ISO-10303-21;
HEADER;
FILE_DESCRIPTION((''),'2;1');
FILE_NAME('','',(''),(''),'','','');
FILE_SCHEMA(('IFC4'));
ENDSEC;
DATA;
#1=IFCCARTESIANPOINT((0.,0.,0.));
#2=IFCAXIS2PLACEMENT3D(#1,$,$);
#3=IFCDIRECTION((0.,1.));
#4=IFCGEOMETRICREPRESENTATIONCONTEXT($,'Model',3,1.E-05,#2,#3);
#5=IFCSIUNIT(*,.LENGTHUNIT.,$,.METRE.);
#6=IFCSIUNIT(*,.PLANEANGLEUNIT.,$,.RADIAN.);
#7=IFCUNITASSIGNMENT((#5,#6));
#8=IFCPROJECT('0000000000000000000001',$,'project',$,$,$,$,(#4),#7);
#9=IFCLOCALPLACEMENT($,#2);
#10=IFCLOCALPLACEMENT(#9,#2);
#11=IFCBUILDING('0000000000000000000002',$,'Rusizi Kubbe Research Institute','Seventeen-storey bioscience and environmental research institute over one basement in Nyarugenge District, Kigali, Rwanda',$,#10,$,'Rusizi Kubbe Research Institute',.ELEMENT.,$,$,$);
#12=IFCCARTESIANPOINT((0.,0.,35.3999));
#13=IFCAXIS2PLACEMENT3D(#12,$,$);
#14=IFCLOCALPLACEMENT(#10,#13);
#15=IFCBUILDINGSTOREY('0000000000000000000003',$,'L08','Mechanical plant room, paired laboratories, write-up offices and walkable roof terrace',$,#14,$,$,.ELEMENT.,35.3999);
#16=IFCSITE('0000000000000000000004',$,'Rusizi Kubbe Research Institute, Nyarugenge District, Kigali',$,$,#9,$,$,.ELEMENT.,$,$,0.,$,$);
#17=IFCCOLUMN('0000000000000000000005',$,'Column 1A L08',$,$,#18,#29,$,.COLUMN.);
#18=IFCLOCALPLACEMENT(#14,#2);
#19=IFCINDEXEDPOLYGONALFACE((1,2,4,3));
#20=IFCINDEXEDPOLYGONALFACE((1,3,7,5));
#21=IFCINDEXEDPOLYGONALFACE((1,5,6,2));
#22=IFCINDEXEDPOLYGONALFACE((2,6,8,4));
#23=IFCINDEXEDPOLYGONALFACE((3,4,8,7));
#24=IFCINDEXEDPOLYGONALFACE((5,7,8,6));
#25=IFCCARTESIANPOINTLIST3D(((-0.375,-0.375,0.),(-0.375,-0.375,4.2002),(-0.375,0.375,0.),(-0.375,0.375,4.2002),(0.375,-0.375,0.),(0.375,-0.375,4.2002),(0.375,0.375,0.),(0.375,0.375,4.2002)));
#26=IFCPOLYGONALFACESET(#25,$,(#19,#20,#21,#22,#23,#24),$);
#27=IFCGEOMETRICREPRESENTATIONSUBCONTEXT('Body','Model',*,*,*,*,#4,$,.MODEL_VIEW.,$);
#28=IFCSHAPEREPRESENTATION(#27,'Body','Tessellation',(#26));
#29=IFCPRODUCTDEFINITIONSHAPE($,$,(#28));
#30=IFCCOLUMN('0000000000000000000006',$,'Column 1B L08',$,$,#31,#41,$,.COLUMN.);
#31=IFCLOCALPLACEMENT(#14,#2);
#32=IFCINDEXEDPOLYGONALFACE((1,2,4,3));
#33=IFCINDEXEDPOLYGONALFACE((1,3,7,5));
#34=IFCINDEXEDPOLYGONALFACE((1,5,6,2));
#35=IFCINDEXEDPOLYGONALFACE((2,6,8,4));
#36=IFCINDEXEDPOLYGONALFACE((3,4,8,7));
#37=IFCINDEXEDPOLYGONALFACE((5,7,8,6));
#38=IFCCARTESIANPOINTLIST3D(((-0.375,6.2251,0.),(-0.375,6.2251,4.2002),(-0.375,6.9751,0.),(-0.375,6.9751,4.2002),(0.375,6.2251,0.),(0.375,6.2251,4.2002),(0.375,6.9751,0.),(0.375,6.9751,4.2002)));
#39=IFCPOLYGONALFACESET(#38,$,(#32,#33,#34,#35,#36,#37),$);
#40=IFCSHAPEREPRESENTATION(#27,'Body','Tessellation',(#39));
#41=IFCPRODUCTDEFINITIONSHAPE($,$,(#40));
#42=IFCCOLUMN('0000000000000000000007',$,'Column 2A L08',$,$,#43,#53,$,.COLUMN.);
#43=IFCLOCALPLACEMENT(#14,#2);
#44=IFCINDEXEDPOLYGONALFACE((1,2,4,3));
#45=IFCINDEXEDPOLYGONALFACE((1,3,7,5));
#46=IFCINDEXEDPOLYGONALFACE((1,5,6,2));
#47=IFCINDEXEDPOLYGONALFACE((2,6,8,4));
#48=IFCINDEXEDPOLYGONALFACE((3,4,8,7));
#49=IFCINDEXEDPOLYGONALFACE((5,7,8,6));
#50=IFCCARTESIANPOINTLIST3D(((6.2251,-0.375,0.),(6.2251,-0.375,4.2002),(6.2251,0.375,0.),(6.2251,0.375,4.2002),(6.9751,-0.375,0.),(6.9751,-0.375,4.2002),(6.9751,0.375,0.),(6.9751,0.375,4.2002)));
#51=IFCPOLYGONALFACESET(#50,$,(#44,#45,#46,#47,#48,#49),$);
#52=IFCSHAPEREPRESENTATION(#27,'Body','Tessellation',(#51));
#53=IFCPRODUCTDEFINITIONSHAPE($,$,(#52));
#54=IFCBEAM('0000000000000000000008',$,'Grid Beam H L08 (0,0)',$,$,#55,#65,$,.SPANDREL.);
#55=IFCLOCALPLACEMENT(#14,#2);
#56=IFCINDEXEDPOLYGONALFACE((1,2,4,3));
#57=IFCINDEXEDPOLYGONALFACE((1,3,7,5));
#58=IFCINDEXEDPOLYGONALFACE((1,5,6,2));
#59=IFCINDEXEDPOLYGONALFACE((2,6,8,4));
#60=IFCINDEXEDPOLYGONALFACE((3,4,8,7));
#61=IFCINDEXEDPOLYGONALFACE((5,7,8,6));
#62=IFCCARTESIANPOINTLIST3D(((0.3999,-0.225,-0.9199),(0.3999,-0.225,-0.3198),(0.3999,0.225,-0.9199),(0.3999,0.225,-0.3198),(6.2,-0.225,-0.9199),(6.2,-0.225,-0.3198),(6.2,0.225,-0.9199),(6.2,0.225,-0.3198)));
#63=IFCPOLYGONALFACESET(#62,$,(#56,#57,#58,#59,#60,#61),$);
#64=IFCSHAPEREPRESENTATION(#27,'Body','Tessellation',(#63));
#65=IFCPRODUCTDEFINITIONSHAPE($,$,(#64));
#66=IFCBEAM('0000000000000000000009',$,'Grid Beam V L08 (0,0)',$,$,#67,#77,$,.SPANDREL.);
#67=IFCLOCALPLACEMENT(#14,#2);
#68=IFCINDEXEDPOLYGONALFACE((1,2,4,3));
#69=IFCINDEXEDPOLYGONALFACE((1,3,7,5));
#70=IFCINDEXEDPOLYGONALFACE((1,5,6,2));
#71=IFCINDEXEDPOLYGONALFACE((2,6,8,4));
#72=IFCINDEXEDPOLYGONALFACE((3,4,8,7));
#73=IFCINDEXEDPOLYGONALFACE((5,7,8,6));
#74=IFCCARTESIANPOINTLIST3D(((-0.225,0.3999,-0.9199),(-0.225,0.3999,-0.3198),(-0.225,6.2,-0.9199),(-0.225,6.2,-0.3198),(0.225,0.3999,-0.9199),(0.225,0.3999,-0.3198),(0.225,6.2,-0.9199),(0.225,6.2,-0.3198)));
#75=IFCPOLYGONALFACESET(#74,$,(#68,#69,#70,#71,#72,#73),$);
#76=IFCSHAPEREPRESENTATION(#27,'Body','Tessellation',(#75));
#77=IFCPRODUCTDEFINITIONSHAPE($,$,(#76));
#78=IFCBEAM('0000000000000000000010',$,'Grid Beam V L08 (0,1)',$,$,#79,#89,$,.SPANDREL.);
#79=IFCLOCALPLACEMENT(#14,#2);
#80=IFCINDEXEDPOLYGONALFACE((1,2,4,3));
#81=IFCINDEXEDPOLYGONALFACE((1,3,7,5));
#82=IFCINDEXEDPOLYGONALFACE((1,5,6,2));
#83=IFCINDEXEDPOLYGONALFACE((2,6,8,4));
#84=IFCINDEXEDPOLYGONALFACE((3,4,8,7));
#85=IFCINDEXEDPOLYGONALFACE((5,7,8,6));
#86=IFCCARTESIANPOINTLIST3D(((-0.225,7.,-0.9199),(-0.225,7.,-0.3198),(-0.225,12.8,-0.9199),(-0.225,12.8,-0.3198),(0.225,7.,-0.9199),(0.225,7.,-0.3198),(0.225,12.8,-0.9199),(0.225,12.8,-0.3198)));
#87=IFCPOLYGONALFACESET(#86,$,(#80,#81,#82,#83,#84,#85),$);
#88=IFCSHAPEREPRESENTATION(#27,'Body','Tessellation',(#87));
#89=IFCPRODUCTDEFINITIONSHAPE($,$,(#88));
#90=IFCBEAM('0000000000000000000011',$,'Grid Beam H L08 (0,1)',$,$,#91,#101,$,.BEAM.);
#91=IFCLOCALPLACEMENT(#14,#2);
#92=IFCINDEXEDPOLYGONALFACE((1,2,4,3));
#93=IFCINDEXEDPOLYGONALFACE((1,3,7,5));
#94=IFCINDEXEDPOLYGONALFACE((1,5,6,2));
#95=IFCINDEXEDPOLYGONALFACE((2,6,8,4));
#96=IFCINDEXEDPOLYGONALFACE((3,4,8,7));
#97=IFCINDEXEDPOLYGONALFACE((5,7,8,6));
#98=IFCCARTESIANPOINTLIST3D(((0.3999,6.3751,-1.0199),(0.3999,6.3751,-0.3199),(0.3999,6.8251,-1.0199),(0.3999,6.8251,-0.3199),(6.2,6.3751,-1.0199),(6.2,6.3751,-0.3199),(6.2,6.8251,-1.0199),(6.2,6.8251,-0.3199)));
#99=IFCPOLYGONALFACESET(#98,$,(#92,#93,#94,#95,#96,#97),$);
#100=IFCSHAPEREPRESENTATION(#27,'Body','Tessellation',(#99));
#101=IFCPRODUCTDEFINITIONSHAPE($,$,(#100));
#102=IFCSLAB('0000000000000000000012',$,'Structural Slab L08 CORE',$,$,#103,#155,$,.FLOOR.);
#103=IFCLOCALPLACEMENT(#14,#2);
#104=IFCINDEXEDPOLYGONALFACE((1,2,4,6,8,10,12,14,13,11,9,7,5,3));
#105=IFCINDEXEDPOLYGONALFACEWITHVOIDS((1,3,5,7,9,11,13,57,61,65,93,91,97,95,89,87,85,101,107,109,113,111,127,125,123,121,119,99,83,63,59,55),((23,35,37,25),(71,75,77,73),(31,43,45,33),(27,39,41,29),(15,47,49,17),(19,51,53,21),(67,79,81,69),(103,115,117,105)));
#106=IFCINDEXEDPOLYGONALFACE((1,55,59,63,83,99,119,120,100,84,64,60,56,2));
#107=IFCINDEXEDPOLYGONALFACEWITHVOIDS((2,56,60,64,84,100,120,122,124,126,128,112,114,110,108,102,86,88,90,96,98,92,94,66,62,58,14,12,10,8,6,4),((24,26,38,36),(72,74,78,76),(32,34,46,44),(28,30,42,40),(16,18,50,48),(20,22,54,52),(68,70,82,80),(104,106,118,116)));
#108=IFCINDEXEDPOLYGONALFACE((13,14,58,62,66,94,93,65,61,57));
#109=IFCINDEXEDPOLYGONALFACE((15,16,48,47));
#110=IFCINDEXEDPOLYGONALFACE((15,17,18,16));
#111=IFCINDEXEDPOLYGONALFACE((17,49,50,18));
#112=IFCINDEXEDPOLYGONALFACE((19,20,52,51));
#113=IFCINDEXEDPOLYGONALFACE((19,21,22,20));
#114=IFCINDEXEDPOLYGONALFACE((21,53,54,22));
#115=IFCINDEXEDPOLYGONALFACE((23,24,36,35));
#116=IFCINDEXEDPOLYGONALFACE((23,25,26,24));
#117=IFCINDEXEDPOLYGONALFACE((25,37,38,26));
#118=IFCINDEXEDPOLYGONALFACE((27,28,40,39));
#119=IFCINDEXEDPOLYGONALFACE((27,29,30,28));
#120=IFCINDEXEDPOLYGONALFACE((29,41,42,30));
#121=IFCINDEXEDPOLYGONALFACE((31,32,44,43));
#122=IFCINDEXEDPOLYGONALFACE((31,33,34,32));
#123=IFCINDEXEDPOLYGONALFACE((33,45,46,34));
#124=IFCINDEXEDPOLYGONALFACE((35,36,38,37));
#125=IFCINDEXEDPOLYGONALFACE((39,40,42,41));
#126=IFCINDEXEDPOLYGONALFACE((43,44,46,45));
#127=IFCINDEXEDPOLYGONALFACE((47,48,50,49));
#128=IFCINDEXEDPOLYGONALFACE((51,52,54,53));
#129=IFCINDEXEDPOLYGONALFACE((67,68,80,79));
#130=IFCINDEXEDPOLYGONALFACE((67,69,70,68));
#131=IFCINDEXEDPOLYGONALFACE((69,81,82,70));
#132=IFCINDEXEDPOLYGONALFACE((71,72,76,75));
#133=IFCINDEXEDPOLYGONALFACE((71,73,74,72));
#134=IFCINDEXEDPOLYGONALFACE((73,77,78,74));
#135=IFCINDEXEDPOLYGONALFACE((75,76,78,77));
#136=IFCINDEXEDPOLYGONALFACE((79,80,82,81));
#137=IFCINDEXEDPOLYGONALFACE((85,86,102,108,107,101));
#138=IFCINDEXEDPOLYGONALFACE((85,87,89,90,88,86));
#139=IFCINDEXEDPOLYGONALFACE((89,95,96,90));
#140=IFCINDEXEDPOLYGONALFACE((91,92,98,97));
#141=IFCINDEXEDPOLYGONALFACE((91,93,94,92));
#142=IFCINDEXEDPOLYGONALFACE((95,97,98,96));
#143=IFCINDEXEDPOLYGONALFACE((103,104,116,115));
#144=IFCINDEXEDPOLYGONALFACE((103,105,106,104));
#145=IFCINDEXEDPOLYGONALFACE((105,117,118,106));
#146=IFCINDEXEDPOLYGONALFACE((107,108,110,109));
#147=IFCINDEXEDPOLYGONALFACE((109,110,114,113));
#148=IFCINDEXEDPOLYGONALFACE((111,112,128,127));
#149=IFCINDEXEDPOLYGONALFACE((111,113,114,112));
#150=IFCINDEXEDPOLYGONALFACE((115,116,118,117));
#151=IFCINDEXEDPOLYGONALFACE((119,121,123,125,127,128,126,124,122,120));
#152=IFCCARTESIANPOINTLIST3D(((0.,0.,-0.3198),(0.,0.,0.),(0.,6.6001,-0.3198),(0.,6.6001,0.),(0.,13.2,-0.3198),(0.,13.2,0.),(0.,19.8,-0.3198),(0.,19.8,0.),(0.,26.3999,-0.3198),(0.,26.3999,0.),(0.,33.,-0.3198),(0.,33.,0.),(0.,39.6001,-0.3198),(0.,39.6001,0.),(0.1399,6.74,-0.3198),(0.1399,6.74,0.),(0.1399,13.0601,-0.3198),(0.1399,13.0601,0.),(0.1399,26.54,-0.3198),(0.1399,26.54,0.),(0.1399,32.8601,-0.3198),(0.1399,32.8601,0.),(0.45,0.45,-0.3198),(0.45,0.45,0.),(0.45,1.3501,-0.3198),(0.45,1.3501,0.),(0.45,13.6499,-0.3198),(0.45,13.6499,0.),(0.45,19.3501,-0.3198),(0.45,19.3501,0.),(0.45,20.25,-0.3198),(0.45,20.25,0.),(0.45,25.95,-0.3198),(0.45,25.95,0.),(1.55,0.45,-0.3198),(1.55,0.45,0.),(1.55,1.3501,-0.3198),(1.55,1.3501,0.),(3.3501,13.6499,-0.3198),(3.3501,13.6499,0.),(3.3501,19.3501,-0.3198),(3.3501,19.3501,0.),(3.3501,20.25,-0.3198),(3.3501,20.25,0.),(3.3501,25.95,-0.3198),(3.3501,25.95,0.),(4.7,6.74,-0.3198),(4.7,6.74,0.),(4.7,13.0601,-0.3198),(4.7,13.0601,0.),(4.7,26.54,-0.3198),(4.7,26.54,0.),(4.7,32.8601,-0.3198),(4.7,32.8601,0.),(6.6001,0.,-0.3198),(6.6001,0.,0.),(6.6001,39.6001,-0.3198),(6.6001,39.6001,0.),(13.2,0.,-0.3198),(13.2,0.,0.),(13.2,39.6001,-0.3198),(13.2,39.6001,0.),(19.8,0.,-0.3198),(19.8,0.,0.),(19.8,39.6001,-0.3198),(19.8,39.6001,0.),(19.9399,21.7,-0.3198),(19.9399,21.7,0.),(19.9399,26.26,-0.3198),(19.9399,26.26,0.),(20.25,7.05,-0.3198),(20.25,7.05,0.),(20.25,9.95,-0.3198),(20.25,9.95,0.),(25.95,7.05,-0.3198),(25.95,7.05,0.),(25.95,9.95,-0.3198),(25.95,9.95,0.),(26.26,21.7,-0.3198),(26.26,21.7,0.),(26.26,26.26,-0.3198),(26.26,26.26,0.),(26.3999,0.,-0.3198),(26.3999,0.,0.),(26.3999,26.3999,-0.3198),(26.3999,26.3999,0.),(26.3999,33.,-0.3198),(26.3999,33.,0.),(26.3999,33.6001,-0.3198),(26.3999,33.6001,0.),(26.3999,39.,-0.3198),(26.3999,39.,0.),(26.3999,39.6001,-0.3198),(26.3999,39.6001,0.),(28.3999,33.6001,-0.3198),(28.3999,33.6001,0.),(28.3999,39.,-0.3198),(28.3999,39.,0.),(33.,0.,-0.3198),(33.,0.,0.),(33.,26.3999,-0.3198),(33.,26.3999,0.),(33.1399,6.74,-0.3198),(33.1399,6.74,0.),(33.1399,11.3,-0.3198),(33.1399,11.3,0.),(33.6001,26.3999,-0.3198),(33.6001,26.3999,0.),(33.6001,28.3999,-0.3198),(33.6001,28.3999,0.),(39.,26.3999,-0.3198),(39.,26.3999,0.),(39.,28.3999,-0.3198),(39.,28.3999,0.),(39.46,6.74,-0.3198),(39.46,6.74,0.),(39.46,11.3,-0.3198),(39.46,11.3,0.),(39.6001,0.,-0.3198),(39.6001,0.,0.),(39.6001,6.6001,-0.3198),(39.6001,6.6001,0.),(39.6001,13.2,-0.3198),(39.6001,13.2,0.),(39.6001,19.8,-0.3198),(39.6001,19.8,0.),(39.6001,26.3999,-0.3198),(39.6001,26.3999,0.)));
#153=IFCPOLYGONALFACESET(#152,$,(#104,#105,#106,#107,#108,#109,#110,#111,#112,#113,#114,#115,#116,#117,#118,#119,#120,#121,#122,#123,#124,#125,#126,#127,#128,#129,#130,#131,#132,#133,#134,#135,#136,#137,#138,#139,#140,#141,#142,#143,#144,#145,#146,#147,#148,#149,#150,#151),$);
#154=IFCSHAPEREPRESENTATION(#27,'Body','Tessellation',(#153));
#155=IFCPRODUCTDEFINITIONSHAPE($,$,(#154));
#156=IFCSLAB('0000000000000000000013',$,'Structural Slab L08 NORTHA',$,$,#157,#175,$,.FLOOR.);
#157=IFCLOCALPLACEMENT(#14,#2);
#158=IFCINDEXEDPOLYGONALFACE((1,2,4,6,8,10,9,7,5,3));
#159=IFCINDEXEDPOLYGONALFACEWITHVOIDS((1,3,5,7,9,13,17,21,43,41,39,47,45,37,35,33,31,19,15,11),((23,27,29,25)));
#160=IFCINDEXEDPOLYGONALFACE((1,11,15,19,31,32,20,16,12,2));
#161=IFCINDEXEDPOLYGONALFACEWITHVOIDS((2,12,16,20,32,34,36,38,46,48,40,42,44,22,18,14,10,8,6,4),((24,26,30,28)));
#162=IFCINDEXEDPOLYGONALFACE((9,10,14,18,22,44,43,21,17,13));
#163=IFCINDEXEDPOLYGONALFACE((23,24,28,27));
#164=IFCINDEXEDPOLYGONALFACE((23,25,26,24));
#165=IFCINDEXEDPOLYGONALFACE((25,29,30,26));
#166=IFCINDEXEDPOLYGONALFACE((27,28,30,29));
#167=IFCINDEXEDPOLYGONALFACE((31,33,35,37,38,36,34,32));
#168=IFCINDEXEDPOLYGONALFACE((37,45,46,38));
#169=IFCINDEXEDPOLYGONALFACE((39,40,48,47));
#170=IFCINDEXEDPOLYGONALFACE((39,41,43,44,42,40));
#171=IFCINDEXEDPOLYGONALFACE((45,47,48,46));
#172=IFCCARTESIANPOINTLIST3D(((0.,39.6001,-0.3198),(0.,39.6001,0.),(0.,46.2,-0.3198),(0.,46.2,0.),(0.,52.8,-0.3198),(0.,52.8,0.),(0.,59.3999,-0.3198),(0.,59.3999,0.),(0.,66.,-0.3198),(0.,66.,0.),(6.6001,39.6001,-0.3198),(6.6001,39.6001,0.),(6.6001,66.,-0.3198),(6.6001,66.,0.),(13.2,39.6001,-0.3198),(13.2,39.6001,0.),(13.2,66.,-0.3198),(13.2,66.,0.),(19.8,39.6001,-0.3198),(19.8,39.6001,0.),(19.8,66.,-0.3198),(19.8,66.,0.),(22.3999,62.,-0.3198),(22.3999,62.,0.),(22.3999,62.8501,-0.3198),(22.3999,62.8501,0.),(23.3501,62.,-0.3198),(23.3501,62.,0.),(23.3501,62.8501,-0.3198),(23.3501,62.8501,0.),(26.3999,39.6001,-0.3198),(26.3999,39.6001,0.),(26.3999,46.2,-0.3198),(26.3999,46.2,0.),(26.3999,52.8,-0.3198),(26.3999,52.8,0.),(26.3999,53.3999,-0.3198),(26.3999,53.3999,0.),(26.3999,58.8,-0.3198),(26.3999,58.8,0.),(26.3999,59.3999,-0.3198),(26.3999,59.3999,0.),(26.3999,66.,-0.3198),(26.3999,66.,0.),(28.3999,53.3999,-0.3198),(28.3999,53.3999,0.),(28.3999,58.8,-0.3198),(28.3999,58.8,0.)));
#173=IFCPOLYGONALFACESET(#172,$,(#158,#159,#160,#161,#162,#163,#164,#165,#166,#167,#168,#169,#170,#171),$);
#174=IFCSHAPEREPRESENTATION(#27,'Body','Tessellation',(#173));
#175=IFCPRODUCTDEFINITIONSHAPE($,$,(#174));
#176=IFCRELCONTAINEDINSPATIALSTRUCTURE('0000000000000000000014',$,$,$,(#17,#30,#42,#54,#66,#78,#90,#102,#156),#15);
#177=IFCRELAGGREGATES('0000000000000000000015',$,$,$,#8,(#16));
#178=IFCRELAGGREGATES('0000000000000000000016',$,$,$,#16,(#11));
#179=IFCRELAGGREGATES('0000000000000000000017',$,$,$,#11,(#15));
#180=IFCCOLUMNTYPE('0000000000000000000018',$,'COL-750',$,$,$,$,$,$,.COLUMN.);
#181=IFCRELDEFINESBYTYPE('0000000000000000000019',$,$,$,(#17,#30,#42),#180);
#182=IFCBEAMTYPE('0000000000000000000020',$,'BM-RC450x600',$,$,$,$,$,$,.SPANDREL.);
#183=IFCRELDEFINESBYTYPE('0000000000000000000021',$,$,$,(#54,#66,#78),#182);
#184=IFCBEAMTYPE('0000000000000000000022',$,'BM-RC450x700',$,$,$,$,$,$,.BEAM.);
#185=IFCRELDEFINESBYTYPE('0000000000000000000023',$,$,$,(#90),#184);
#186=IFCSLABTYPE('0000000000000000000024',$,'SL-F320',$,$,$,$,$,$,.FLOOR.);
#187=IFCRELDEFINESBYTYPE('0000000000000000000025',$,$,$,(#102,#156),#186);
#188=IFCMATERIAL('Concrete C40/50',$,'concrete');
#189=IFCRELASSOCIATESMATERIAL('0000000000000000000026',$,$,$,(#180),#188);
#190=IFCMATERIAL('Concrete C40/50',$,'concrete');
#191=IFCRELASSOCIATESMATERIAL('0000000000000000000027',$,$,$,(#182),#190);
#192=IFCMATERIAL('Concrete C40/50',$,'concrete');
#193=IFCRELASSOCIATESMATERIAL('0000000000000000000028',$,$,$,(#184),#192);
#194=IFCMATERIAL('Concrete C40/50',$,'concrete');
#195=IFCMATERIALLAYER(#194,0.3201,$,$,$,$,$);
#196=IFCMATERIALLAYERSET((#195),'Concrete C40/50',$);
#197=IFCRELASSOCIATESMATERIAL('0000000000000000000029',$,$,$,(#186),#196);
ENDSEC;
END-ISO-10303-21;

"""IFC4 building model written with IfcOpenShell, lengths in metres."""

from ifc_helpers import new_model, si_unit, direction, frame, origin, origin_2d, place, context, subcontext, project, spatial, polyline, rectangle, outline, extrude, material, layer, layer_set, material_profile, profile_set, type_object, element, save


model = new_model("IFC4")

# Units and contexts
model_context = context("Model", 3, precision=1e-05, world=origin(), true_north=direction((0.0, 1.0)))
body_context = subcontext(model_context, "Body", "Model", "MODEL_VIEW")
ifc_project = project(units=[si_unit("LENGTHUNIT", "METRE"), si_unit("PLANEANGLEUNIT", "RADIAN")], contexts=[model_context])

# Site, building, storey
site_placement = place(None, origin())
site = spatial("IfcSite", under=ifc_project, at=site_placement, Name="Rusizi Kubbe Research Institute, Nyarugenge District, Kigali", CompositionType="ELEMENT", RefElevation=0.0)
building_placement = place(site_placement, origin())
building = spatial("IfcBuilding", under=site, at=building_placement, Name="Rusizi Kubbe Research Institute", Description="Seventeen-storey bioscience and environmental research institute over one basement in Nyarugenge District, Kigali, Rwanda", LongName="Rusizi Kubbe Research Institute", CompositionType="ELEMENT")
storey_placement = place(building_placement, frame((0.0, 0.0, 35.3999)))
storey = spatial("IfcBuildingStorey", under=building, at=storey_placement, Name="L08", Description="Mechanical plant room, paired laboratories, write-up offices and walkable roof terrace", CompositionType="ELEMENT", Elevation=35.3999)

# Columns
ifc_material_1 = material(Name="Concrete C40/50", Category="concrete")
ifc_material_profile_1 = material_profile(ifc_material_1, rectangle(XDim=0.75, YDim=0.75, at=origin_2d()), Name="RC750x750")
ifc_profile_set_1 = profile_set([ifc_material_profile_1], Name="Concrete C40/50")
column_type = type_object("IfcColumnType", Name="COL-750", PredefinedType="COLUMN", material=ifc_profile_set_1)
for number, where, z_axis, x_axis, name in (
    (1, (0.0, 0.0, 0.0), (0.0, 0.0, 1.0), (1.0, 0.0, 0.0), "Column 1A L08"),
    (2, (0.0, 6.6001, 0.0), (0.0, 0.0, 1.0), (1.0, 0.0, 0.0), "Column 1B L08"),
    (3, (6.6001, 0.0, 0.0), (0.0, 0.0, 1.0), (1.0, 0.0, 0.0), "Column 2A L08"),
):
    element("IfcColumn", number, at=place(storey_placement, frame(where, z_axis=z_axis, x_axis=x_axis)), inside=storey, type_object=column_type, Name=name, PredefinedType="COLUMN", context=body_context, shape_type="SweptSolid", body=[
        extrude(rectangle(XDim=0.75, YDim=0.75, at=origin_2d()), origin(), (0.0, 0.0, 1.0), 4.2002),
    ])

# Beams
ifc_material_2 = material(Name="Concrete C40/50", Category="concrete")
ifc_material_profile_2 = material_profile(ifc_material_2, rectangle(XDim=0.45, YDim=0.6001, at=origin_2d()), Name="RC450x600")
ifc_profile_set_2 = profile_set([ifc_material_profile_2], Name="Concrete C40/50")
beam_type_1 = type_object("IfcBeamType", Name="BM-RC450x600", PredefinedType="SPANDREL", material=ifc_profile_set_2)
for number, where, z_axis, x_axis, name in (
    (4, (0.3999, 0.0, -0.6199), (1.0, 0.0, 0.0), (0.0, 1.0, 0.0), "Grid Beam H L08 (0,0)"),
    (5, (0.0, 0.3999, -0.6199), (0.0, 1.0, 0.0), (-1.0, 0.0, 0.0), "Grid Beam V L08 (0,0)"),
    (6, (0.0, 7.0, -0.6199), (0.0, 1.0, 0.0), (-1.0, 0.0, 0.0), "Grid Beam V L08 (0,1)"),
):
    element("IfcBeam", number, at=place(storey_placement, frame(where, z_axis=z_axis, x_axis=x_axis)), inside=storey, type_object=beam_type_1, Name=name, PredefinedType="SPANDREL", context=body_context, shape_type="SweptSolid", body=[
        extrude(rectangle(XDim=0.45, YDim=0.6001, at=origin_2d()), origin(), (0.0, 0.0, 1.0), 5.8),
    ])
ifc_material_3 = material(Name="Concrete C40/50", Category="concrete")
ifc_material_profile_3 = material_profile(ifc_material_3, rectangle(XDim=0.45, YDim=0.7, at=origin_2d()), Name="RC450x700B")
ifc_profile_set_3 = profile_set([ifc_material_profile_3], Name="Concrete C40/50")
beam_type_2 = type_object("IfcBeamType", Name="BM-RC450x700", PredefinedType="BEAM", material=ifc_profile_set_3)
beam_placement = place(storey_placement, frame((0.3999, 6.6001, -0.6699), z_axis=(1.0, 0.0, 0.0), x_axis=(0.0, 1.0, 0.0)))
element("IfcBeam", 7, at=beam_placement, inside=storey, type_object=beam_type_2, Name="Grid Beam H L08 (0,1)", PredefinedType="BEAM", context=body_context, shape_type="SweptSolid", body=[
    extrude(rectangle(XDim=0.45, YDim=0.7, at=origin_2d()), origin(), (0.0, 0.0, 1.0), 5.8),
])

# Slabs
ifc_material_4 = material(Name="Concrete C40/50", Category="concrete")
ifc_layer_1 = layer(ifc_material_4, 0.3201)
ifc_layer_set_1 = layer_set([ifc_layer_1], Name="Concrete C40/50")
slab_type_1 = type_object("IfcSlabType", Name="SL-F320", PredefinedType="FLOOR", material=ifc_layer_set_1)
slab_1_placement = place(storey_placement, frame((0.0, 0.0, -0.3198)))
element("IfcSlab", 8, at=slab_1_placement, inside=storey, type_object=slab_type_1, Name="Structural Slab L08 CORE", PredefinedType="FLOOR", context=body_context, shape_type="SweptSolid", body=[
    extrude(outline(polyline([(0.0, 39.6001), (6.6001, 39.6001), (13.2, 39.6001), (19.8, 39.6001), (26.3999, 39.6001), (26.3999, 39.0), (28.3999, 39.0), (28.3999, 33.6001), (26.3999, 33.6001), (26.3999, 33.0), (26.3999, 26.3999), (33.0, 26.3999), (33.6001, 26.3999), (33.6001, 28.3999), (39.0, 28.3999), (39.0, 26.3999), (39.6001, 26.3999), (39.6001, 19.8), (39.6001, 13.2), (39.6001, 6.6001), (39.6001, 0.0), (33.0, 0.0), (26.3999, 0.0), (19.8, 0.0), (13.2, 0.0), (6.6001, 0.0), (0.0, 0.0), (0.0, 6.6001), (0.0, 13.2), (0.0, 19.8), (0.0, 26.3999), (0.0, 33.0), (0.0, 39.6001)]), holes=[polyline([(0.45, 1.3501), (0.45, 0.45), (1.55, 0.45), (1.55, 1.3501), (0.45, 1.3501)]), polyline([(20.25, 9.95), (20.25, 7.05), (25.95, 7.05), (25.95, 9.95), (20.25, 9.95)]), polyline([(33.1399, 11.3), (33.1399, 6.74), (39.46, 6.74), (39.46, 11.3), (33.1399, 11.3)]), polyline([(0.1399, 13.0601), (0.1399, 6.74), (4.7, 6.74), (4.7, 13.0601), (0.1399, 13.0601)]), polyline([(0.45, 19.3501), (0.45, 13.6499), (3.3501, 13.6499), (3.3501, 19.3501), (0.45, 19.3501)]), polyline([(0.45, 25.95), (0.45, 20.25), (3.3501, 20.25), (3.3501, 25.95), (0.45, 25.95)]), polyline([(19.9399, 26.26), (19.9399, 21.7), (26.26, 21.7), (26.26, 26.26), (19.9399, 26.26)]), polyline([(0.1399, 32.8601), (0.1399, 26.54), (4.7, 26.54), (4.7, 32.8601), (0.1399, 32.8601)])]), origin(), (0.0, 0.0, 1.0), 0.3198),
])
slab_2_placement = place(storey_placement, frame((0.0, 0.0, -0.3198)))
element("IfcSlab", 9, at=slab_2_placement, inside=storey, type_object=slab_type_1, Name="Structural Slab L08 NORTHA", PredefinedType="FLOOR", context=body_context, shape_type="SweptSolid", body=[
    extrude(outline(polyline([(6.6001, 66.0), (13.2, 66.0), (19.8, 66.0), (26.3999, 66.0), (26.3999, 59.3999), (26.3999, 58.8), (28.3999, 58.8), (28.3999, 53.3999), (26.3999, 53.3999), (26.3999, 52.8), (26.3999, 46.2), (26.3999, 39.6001), (19.8, 39.6001), (13.2, 39.6001), (6.6001, 39.6001), (0.0, 39.6001), (0.0, 46.2), (0.0, 52.8), (0.0, 59.3999), (0.0, 66.0), (6.6001, 66.0)]), holes=[polyline([(23.3501, 62.8501), (22.3999, 62.8501), (22.3999, 62.0), (23.3501, 62.0), (23.3501, 62.8501)])]), origin(), (0.0, 0.0, 1.0), 0.3198),
])

save(model, "model.ifc")
